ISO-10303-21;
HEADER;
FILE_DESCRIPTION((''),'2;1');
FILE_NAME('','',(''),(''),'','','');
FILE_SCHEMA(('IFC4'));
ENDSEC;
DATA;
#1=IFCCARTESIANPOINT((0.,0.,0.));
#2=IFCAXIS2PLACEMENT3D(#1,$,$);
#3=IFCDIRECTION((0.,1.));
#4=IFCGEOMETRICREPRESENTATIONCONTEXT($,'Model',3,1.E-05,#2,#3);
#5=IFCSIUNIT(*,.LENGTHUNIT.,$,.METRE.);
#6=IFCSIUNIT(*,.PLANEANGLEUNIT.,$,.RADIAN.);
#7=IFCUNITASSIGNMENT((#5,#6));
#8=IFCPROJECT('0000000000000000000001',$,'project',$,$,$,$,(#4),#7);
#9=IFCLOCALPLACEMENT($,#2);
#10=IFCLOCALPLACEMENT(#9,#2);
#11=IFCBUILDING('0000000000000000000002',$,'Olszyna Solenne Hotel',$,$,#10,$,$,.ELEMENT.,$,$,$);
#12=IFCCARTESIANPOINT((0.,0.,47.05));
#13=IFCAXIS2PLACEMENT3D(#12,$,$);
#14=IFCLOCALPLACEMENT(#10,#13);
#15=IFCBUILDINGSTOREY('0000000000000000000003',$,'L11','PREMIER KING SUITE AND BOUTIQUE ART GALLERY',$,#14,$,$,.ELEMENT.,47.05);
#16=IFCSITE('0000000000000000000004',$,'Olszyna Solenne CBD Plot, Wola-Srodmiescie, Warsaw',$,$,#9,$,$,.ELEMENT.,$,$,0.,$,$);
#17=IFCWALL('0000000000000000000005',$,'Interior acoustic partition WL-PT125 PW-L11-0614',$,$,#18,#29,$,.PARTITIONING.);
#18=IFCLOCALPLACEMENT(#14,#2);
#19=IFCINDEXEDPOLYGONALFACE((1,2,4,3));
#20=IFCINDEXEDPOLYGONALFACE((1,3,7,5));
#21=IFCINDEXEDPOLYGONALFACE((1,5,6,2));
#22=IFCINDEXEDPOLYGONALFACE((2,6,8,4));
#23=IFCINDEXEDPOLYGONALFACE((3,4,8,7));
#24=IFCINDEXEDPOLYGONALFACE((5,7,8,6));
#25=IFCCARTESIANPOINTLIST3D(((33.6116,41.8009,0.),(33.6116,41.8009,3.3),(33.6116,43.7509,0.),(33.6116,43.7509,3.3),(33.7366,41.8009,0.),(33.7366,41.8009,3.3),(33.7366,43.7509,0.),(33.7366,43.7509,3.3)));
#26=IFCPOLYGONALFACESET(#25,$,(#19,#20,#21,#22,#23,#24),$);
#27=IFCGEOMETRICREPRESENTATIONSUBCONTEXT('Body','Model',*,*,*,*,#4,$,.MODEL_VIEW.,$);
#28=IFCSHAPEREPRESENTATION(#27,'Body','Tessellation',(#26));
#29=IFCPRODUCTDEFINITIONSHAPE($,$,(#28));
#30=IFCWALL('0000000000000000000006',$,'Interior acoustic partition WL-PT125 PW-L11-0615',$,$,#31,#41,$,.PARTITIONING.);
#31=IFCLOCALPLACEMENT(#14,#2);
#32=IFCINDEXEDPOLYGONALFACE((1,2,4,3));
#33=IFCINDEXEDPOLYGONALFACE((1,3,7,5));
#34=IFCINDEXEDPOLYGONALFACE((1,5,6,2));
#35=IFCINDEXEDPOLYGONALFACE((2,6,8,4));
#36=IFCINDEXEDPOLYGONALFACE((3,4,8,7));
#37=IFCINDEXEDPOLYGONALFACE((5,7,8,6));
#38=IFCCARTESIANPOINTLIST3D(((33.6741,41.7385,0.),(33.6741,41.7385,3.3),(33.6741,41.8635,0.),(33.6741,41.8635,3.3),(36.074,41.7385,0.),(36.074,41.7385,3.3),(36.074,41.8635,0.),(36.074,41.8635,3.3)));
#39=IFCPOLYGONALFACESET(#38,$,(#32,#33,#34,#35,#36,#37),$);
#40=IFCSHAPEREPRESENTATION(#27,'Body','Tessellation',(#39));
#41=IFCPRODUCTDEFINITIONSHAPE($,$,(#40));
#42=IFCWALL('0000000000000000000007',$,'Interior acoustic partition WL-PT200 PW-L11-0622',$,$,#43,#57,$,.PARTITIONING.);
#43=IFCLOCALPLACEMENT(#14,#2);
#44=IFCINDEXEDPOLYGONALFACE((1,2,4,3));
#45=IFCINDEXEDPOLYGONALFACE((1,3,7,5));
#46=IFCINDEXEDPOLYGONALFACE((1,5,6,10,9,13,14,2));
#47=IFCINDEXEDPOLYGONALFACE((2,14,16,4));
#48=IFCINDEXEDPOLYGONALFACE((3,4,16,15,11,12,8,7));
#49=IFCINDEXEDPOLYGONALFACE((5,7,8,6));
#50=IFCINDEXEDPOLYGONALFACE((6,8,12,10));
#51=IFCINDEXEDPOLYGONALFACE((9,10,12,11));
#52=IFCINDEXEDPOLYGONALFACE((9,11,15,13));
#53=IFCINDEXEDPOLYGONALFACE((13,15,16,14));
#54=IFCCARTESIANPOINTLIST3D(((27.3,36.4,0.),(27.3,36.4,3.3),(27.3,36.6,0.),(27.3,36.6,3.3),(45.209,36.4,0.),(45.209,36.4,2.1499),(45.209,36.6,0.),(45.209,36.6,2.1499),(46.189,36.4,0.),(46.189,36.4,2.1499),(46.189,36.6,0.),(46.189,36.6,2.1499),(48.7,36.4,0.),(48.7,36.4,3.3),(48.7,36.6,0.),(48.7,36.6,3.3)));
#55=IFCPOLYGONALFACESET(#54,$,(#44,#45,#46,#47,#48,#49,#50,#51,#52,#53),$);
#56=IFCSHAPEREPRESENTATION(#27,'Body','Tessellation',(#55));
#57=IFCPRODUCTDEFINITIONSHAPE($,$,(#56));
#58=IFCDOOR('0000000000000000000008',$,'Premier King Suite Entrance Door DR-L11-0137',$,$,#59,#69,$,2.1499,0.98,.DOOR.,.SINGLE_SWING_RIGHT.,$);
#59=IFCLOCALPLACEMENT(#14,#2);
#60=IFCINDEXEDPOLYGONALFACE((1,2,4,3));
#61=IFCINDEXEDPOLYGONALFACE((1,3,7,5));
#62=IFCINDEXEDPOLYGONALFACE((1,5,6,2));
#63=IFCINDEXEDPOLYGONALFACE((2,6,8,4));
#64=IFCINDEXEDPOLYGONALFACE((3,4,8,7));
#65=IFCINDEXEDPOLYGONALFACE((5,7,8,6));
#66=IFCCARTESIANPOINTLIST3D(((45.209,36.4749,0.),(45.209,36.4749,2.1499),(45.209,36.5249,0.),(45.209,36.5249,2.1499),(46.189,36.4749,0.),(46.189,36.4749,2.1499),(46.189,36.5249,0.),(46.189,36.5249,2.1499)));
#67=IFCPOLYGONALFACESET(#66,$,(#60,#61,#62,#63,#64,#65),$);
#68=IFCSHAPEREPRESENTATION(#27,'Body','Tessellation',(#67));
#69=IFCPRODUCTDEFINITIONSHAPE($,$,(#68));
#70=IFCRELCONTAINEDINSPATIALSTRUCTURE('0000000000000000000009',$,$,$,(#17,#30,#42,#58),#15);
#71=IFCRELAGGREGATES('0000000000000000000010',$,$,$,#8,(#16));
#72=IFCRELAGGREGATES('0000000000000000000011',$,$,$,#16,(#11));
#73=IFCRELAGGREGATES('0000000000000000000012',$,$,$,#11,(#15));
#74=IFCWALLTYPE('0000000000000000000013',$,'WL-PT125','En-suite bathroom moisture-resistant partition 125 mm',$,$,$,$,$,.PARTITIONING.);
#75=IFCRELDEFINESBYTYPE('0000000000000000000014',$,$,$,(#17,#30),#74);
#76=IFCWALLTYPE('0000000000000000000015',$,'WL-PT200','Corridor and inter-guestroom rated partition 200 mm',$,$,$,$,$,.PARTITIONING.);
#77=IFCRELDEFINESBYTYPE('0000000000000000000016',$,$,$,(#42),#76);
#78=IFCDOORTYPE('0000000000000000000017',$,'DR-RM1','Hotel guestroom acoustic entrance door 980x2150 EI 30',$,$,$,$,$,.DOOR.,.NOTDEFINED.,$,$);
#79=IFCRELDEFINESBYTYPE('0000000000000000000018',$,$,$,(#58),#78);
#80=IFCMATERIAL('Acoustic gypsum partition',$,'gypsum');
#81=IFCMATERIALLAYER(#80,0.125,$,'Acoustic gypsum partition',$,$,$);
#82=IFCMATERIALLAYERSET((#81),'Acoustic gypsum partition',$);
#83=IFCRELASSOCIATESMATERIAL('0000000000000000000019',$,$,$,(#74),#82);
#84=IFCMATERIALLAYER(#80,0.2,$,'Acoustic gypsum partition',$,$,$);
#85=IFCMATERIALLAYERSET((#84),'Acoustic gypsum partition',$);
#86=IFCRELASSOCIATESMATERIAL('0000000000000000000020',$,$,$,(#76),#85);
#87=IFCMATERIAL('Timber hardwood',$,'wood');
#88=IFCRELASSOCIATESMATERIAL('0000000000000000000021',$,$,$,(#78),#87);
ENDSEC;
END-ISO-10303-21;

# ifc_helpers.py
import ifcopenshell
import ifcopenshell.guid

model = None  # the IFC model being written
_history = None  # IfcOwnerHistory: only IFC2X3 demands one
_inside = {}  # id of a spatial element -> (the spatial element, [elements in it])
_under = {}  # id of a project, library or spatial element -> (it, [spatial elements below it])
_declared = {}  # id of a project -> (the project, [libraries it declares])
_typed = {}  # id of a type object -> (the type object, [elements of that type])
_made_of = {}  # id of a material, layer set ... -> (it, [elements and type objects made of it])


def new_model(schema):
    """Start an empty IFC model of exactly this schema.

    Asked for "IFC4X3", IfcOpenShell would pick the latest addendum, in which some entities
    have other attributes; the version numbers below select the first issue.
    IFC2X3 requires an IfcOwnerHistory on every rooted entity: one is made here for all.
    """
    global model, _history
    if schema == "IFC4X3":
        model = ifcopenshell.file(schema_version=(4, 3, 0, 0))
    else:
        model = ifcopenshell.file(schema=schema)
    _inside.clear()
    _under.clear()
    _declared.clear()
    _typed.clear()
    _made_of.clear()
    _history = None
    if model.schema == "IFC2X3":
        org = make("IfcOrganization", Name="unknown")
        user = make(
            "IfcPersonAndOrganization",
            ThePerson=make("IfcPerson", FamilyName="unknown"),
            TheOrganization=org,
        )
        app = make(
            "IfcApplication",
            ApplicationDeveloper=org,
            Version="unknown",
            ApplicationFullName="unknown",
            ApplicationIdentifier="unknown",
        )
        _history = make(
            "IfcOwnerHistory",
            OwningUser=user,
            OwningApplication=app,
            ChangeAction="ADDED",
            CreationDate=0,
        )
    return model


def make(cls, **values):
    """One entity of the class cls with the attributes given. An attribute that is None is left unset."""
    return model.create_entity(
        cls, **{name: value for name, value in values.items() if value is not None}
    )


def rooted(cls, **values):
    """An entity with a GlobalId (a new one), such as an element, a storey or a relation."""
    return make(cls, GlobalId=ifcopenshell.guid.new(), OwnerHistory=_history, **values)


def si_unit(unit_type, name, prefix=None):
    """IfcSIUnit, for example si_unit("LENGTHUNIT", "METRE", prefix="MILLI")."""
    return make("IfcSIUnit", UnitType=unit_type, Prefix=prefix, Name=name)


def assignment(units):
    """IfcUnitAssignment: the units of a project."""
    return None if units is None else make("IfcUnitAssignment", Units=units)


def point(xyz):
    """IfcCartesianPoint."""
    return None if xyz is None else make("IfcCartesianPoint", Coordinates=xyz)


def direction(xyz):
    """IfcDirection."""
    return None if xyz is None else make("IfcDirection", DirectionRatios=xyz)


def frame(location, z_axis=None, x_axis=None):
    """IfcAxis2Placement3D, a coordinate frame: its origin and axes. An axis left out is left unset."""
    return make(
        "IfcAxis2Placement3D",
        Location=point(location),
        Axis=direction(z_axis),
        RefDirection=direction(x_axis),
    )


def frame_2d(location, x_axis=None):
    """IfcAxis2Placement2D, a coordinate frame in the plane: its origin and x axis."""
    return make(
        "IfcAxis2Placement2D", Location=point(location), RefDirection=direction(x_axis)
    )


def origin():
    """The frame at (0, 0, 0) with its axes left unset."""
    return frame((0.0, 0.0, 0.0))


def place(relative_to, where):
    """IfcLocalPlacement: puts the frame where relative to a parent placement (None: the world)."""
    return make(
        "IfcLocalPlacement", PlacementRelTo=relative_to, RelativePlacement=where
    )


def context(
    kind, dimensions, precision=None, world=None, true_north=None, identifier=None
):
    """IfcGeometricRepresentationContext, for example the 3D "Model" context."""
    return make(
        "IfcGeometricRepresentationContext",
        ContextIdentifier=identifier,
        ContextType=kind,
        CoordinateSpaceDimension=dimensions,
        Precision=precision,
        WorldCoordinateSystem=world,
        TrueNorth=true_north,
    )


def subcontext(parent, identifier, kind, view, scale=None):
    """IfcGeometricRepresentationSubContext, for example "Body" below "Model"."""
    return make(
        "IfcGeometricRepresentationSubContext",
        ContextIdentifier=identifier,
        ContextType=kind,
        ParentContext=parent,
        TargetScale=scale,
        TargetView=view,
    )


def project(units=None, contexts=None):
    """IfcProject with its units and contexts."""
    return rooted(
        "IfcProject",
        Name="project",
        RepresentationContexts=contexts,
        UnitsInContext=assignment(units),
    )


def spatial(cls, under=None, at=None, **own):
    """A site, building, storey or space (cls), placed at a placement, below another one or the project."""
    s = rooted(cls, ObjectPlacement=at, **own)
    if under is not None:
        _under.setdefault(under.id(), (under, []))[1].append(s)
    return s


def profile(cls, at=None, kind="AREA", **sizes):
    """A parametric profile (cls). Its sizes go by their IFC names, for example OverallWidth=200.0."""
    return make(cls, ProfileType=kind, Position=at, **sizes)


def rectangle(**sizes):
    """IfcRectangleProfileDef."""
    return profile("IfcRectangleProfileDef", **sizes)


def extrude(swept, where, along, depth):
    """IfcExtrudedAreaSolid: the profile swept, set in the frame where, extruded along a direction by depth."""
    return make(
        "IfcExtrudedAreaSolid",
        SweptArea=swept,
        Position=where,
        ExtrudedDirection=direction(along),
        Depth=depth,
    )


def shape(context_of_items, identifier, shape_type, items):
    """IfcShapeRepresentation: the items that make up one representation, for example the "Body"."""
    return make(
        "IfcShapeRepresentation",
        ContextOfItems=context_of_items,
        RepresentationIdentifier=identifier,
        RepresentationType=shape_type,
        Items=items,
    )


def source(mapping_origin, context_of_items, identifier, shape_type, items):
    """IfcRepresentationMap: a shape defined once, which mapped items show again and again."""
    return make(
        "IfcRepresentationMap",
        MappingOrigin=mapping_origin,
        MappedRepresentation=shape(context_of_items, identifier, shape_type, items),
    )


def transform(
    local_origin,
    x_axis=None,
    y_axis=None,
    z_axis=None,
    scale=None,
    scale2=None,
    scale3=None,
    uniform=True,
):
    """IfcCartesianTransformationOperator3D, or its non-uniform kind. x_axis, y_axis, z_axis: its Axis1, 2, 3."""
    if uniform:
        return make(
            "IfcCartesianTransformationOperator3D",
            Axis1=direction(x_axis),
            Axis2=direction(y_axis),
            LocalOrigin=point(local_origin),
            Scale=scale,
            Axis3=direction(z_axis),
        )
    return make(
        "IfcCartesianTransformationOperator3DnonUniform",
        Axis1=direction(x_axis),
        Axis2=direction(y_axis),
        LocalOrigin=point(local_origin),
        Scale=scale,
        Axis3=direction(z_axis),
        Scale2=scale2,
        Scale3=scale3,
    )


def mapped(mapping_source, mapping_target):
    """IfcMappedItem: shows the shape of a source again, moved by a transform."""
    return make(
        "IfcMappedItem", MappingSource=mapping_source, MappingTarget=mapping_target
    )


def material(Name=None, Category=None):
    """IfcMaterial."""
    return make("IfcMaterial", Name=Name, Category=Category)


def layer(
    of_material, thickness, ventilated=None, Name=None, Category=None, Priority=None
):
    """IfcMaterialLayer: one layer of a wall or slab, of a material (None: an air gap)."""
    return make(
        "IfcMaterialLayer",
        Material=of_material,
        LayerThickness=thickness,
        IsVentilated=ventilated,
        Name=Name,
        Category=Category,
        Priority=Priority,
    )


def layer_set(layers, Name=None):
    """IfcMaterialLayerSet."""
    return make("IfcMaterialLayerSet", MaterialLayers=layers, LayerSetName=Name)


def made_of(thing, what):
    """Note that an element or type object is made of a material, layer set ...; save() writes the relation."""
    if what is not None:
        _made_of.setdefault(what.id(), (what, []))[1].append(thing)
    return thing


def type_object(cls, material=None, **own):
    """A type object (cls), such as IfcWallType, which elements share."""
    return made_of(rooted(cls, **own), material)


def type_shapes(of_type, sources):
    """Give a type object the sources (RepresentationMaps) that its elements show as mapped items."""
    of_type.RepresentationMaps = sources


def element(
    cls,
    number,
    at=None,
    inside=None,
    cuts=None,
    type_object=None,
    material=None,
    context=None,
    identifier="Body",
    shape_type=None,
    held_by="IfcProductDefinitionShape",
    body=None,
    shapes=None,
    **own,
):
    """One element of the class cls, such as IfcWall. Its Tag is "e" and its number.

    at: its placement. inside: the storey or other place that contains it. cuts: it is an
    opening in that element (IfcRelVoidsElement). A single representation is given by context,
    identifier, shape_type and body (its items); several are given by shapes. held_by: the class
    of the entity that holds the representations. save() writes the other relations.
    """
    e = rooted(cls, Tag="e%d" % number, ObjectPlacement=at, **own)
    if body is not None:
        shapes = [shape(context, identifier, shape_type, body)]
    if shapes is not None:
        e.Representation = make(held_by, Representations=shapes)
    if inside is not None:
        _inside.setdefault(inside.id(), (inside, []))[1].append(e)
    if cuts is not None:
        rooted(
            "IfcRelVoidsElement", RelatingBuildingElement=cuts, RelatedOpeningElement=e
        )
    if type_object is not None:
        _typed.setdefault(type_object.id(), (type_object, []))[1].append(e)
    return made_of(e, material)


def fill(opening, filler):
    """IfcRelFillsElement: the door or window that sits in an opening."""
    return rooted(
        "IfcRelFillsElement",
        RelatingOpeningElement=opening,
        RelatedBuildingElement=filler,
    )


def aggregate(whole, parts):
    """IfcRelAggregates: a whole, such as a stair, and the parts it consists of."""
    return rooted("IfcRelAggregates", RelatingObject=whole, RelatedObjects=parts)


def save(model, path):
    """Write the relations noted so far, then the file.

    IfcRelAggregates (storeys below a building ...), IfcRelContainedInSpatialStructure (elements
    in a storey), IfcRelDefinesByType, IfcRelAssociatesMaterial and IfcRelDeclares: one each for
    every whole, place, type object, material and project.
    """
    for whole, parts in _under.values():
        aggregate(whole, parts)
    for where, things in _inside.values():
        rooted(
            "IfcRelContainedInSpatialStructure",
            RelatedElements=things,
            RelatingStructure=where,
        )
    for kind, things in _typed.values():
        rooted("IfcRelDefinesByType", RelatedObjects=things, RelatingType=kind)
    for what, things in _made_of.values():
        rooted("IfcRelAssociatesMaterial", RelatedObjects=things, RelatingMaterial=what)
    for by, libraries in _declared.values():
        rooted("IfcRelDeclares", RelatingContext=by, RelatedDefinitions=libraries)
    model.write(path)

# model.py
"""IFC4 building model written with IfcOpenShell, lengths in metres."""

from ifc_helpers import new_model, si_unit, direction, frame, frame_2d, origin, place, context, subcontext, project, spatial, rectangle, extrude, source, transform, mapped, material, layer, layer_set, type_object, type_shapes, element, fill, save


model = new_model("IFC4")

# Units and contexts
model_context = context("Model", 3, precision=1e-05, world=origin(), true_north=direction((0.0, 1.0)))
body_context = subcontext(model_context, "Body", "Model", "MODEL_VIEW")
ifc_project = project(units=[si_unit("LENGTHUNIT", "METRE"), si_unit("PLANEANGLEUNIT", "RADIAN")], contexts=[model_context])

# Site, building, storey
site_placement = place(None, origin())
site = spatial("IfcSite", under=ifc_project, at=site_placement, Name="Olszyna Solenne CBD Plot, Wola-Srodmiescie, Warsaw", CompositionType="ELEMENT", RefElevation=0.0)
building_placement = place(site_placement, origin())
building = spatial("IfcBuilding", under=site, at=building_placement, Name="Olszyna Solenne Hotel", CompositionType="ELEMENT")
storey_placement = place(building_placement, frame((0.0, 0.0, 47.05)))
storey = spatial("IfcBuildingStorey", under=building, at=storey_placement, Name="L11", Description="PREMIER KING SUITE AND BOUTIQUE ART GALLERY", CompositionType="ELEMENT", Elevation=47.05)

# Walls
ifc_material_1 = material(Name="Acoustic gypsum partition", Category="gypsum")
ifc_layer_1 = layer(ifc_material_1, 0.125, Name="Acoustic gypsum partition")
ifc_layer_set_1 = layer_set([ifc_layer_1], Name="Acoustic gypsum partition")
wall_type_1 = type_object("IfcWallType", Name="WL-PT125", Description="En-suite bathroom moisture-resistant partition 125 mm", PredefinedType="PARTITIONING", material=ifc_layer_set_1)
wall_1_placement = place(storey_placement, frame((33.6741, 43.751, 0.0), z_axis=(0.0, 0.0, 1.0), x_axis=(0.0, -1.0, 0.0)))
element("IfcWall", 1, at=wall_1_placement, inside=storey, type_object=wall_type_1, Name="Interior acoustic partition WL-PT125 PW-L11-0614", PredefinedType="PARTITIONING", context=body_context, shape_type="SweptSolid", body=[
    extrude(rectangle(XDim=1.95, YDim=0.125, at=frame_2d((0.9751, 0.0))), origin(), (0.0, 0.0, 1.0), 3.3),
])
wall_2_placement = place(storey_placement, frame((33.6741, 41.801, 0.0), z_axis=(0.0, 0.0, 1.0), x_axis=(1.0, 0.0, 0.0)))
element("IfcWall", 2, at=wall_2_placement, inside=storey, type_object=wall_type_1, Name="Interior acoustic partition WL-PT125 PW-L11-0615", PredefinedType="PARTITIONING", context=body_context, shape_type="SweptSolid", body=[
    extrude(rectangle(XDim=2.3999, YDim=0.125, at=frame_2d((1.2, 0.0))), origin(), (0.0, 0.0, 1.0), 3.3),
])

# Wall, opening, door
ifc_layer_2 = layer(ifc_material_1, 0.2, Name="Acoustic gypsum partition")
ifc_layer_set_2 = layer_set([ifc_layer_2], Name="Acoustic gypsum partition")
wall_type_2 = type_object("IfcWallType", Name="WL-PT200", Description="Corridor and inter-guestroom rated partition 200 mm", PredefinedType="PARTITIONING", material=ifc_layer_set_2)
wall_3_placement = place(storey_placement, frame((27.3, 36.5, 0.0), z_axis=(0.0, 0.0, 1.0), x_axis=(1.0, 0.0, 0.0)))
wall_3 = element("IfcWall", 3, at=wall_3_placement, inside=storey, type_object=wall_type_2, Name="Interior acoustic partition WL-PT200 PW-L11-0622", PredefinedType="PARTITIONING", context=body_context, shape_type="SweptSolid", body=[
    extrude(rectangle(XDim=21.3999, YDim=0.2, at=frame_2d((10.7, 0.0))), origin(), (0.0, 0.0, 1.0), 3.3),
])
opening_1_placement = place(wall_3_placement, frame((17.9089, 0.0, 0.0)))
opening_1 = element("IfcOpeningElement", 4, at=opening_1_placement, cuts=wall_3, PredefinedType="OPENING", context=body_context, shape_type="SweptSolid", body=[
    extrude(rectangle(XDim=0.98, YDim=2.1499, at=frame_2d((0.49, 1.075))), frame((0.0, 0.1099, 0.0), z_axis=(0.0, -1.0, 0.0), x_axis=(1.0, 0.0, 0.0)), (0.0, 0.0, 1.0), 0.22),
])
ifc_material_2 = material(Name="Timber hardwood", Category="wood")
door_type_1 = type_object("IfcDoorType", Name="DR-RM1", Description="Hotel guestroom acoustic entrance door 980x2150 EI 30", OperationType="NOTDEFINED", PredefinedType="DOOR", material=ifc_material_2)
shared_shape_1 = source(origin(), body_context, "Body", "SweptSolid", [
    extrude(rectangle(XDim=0.98, YDim=2.1499, at=frame_2d((0.49, 1.075))), frame((0.0, 0.0249, 0.0), z_axis=(0.0, -1.0, 0.0), x_axis=(1.0, 0.0, 0.0)), (0.0, 0.0, 1.0), 0.05),
])
type_shapes(door_type_1, [shared_shape_1])
door_1_placement = place(opening_1_placement, origin())
door_1 = element("IfcDoor", 5, at=door_1_placement, inside=storey, type_object=door_type_1, Name="Premier King Suite Entrance Door DR-L11-0137", OperationType="SINGLE_SWING_RIGHT", OverallHeight=2.1499, OverallWidth=0.98, PredefinedType="DOOR", context=body_context, shape_type="MappedRepresentation", body=[
    mapped(shared_shape_1, transform((0.0, 0.0, 0.0), x_axis=(1.0, 0.0, 0.0), y_axis=(0.0, 1.0, 0.0), z_axis=(0.0, 0.0, 1.0), scale=1.0)),
])
fill(opening_1, door_1)

save(model, "model.ifc")
